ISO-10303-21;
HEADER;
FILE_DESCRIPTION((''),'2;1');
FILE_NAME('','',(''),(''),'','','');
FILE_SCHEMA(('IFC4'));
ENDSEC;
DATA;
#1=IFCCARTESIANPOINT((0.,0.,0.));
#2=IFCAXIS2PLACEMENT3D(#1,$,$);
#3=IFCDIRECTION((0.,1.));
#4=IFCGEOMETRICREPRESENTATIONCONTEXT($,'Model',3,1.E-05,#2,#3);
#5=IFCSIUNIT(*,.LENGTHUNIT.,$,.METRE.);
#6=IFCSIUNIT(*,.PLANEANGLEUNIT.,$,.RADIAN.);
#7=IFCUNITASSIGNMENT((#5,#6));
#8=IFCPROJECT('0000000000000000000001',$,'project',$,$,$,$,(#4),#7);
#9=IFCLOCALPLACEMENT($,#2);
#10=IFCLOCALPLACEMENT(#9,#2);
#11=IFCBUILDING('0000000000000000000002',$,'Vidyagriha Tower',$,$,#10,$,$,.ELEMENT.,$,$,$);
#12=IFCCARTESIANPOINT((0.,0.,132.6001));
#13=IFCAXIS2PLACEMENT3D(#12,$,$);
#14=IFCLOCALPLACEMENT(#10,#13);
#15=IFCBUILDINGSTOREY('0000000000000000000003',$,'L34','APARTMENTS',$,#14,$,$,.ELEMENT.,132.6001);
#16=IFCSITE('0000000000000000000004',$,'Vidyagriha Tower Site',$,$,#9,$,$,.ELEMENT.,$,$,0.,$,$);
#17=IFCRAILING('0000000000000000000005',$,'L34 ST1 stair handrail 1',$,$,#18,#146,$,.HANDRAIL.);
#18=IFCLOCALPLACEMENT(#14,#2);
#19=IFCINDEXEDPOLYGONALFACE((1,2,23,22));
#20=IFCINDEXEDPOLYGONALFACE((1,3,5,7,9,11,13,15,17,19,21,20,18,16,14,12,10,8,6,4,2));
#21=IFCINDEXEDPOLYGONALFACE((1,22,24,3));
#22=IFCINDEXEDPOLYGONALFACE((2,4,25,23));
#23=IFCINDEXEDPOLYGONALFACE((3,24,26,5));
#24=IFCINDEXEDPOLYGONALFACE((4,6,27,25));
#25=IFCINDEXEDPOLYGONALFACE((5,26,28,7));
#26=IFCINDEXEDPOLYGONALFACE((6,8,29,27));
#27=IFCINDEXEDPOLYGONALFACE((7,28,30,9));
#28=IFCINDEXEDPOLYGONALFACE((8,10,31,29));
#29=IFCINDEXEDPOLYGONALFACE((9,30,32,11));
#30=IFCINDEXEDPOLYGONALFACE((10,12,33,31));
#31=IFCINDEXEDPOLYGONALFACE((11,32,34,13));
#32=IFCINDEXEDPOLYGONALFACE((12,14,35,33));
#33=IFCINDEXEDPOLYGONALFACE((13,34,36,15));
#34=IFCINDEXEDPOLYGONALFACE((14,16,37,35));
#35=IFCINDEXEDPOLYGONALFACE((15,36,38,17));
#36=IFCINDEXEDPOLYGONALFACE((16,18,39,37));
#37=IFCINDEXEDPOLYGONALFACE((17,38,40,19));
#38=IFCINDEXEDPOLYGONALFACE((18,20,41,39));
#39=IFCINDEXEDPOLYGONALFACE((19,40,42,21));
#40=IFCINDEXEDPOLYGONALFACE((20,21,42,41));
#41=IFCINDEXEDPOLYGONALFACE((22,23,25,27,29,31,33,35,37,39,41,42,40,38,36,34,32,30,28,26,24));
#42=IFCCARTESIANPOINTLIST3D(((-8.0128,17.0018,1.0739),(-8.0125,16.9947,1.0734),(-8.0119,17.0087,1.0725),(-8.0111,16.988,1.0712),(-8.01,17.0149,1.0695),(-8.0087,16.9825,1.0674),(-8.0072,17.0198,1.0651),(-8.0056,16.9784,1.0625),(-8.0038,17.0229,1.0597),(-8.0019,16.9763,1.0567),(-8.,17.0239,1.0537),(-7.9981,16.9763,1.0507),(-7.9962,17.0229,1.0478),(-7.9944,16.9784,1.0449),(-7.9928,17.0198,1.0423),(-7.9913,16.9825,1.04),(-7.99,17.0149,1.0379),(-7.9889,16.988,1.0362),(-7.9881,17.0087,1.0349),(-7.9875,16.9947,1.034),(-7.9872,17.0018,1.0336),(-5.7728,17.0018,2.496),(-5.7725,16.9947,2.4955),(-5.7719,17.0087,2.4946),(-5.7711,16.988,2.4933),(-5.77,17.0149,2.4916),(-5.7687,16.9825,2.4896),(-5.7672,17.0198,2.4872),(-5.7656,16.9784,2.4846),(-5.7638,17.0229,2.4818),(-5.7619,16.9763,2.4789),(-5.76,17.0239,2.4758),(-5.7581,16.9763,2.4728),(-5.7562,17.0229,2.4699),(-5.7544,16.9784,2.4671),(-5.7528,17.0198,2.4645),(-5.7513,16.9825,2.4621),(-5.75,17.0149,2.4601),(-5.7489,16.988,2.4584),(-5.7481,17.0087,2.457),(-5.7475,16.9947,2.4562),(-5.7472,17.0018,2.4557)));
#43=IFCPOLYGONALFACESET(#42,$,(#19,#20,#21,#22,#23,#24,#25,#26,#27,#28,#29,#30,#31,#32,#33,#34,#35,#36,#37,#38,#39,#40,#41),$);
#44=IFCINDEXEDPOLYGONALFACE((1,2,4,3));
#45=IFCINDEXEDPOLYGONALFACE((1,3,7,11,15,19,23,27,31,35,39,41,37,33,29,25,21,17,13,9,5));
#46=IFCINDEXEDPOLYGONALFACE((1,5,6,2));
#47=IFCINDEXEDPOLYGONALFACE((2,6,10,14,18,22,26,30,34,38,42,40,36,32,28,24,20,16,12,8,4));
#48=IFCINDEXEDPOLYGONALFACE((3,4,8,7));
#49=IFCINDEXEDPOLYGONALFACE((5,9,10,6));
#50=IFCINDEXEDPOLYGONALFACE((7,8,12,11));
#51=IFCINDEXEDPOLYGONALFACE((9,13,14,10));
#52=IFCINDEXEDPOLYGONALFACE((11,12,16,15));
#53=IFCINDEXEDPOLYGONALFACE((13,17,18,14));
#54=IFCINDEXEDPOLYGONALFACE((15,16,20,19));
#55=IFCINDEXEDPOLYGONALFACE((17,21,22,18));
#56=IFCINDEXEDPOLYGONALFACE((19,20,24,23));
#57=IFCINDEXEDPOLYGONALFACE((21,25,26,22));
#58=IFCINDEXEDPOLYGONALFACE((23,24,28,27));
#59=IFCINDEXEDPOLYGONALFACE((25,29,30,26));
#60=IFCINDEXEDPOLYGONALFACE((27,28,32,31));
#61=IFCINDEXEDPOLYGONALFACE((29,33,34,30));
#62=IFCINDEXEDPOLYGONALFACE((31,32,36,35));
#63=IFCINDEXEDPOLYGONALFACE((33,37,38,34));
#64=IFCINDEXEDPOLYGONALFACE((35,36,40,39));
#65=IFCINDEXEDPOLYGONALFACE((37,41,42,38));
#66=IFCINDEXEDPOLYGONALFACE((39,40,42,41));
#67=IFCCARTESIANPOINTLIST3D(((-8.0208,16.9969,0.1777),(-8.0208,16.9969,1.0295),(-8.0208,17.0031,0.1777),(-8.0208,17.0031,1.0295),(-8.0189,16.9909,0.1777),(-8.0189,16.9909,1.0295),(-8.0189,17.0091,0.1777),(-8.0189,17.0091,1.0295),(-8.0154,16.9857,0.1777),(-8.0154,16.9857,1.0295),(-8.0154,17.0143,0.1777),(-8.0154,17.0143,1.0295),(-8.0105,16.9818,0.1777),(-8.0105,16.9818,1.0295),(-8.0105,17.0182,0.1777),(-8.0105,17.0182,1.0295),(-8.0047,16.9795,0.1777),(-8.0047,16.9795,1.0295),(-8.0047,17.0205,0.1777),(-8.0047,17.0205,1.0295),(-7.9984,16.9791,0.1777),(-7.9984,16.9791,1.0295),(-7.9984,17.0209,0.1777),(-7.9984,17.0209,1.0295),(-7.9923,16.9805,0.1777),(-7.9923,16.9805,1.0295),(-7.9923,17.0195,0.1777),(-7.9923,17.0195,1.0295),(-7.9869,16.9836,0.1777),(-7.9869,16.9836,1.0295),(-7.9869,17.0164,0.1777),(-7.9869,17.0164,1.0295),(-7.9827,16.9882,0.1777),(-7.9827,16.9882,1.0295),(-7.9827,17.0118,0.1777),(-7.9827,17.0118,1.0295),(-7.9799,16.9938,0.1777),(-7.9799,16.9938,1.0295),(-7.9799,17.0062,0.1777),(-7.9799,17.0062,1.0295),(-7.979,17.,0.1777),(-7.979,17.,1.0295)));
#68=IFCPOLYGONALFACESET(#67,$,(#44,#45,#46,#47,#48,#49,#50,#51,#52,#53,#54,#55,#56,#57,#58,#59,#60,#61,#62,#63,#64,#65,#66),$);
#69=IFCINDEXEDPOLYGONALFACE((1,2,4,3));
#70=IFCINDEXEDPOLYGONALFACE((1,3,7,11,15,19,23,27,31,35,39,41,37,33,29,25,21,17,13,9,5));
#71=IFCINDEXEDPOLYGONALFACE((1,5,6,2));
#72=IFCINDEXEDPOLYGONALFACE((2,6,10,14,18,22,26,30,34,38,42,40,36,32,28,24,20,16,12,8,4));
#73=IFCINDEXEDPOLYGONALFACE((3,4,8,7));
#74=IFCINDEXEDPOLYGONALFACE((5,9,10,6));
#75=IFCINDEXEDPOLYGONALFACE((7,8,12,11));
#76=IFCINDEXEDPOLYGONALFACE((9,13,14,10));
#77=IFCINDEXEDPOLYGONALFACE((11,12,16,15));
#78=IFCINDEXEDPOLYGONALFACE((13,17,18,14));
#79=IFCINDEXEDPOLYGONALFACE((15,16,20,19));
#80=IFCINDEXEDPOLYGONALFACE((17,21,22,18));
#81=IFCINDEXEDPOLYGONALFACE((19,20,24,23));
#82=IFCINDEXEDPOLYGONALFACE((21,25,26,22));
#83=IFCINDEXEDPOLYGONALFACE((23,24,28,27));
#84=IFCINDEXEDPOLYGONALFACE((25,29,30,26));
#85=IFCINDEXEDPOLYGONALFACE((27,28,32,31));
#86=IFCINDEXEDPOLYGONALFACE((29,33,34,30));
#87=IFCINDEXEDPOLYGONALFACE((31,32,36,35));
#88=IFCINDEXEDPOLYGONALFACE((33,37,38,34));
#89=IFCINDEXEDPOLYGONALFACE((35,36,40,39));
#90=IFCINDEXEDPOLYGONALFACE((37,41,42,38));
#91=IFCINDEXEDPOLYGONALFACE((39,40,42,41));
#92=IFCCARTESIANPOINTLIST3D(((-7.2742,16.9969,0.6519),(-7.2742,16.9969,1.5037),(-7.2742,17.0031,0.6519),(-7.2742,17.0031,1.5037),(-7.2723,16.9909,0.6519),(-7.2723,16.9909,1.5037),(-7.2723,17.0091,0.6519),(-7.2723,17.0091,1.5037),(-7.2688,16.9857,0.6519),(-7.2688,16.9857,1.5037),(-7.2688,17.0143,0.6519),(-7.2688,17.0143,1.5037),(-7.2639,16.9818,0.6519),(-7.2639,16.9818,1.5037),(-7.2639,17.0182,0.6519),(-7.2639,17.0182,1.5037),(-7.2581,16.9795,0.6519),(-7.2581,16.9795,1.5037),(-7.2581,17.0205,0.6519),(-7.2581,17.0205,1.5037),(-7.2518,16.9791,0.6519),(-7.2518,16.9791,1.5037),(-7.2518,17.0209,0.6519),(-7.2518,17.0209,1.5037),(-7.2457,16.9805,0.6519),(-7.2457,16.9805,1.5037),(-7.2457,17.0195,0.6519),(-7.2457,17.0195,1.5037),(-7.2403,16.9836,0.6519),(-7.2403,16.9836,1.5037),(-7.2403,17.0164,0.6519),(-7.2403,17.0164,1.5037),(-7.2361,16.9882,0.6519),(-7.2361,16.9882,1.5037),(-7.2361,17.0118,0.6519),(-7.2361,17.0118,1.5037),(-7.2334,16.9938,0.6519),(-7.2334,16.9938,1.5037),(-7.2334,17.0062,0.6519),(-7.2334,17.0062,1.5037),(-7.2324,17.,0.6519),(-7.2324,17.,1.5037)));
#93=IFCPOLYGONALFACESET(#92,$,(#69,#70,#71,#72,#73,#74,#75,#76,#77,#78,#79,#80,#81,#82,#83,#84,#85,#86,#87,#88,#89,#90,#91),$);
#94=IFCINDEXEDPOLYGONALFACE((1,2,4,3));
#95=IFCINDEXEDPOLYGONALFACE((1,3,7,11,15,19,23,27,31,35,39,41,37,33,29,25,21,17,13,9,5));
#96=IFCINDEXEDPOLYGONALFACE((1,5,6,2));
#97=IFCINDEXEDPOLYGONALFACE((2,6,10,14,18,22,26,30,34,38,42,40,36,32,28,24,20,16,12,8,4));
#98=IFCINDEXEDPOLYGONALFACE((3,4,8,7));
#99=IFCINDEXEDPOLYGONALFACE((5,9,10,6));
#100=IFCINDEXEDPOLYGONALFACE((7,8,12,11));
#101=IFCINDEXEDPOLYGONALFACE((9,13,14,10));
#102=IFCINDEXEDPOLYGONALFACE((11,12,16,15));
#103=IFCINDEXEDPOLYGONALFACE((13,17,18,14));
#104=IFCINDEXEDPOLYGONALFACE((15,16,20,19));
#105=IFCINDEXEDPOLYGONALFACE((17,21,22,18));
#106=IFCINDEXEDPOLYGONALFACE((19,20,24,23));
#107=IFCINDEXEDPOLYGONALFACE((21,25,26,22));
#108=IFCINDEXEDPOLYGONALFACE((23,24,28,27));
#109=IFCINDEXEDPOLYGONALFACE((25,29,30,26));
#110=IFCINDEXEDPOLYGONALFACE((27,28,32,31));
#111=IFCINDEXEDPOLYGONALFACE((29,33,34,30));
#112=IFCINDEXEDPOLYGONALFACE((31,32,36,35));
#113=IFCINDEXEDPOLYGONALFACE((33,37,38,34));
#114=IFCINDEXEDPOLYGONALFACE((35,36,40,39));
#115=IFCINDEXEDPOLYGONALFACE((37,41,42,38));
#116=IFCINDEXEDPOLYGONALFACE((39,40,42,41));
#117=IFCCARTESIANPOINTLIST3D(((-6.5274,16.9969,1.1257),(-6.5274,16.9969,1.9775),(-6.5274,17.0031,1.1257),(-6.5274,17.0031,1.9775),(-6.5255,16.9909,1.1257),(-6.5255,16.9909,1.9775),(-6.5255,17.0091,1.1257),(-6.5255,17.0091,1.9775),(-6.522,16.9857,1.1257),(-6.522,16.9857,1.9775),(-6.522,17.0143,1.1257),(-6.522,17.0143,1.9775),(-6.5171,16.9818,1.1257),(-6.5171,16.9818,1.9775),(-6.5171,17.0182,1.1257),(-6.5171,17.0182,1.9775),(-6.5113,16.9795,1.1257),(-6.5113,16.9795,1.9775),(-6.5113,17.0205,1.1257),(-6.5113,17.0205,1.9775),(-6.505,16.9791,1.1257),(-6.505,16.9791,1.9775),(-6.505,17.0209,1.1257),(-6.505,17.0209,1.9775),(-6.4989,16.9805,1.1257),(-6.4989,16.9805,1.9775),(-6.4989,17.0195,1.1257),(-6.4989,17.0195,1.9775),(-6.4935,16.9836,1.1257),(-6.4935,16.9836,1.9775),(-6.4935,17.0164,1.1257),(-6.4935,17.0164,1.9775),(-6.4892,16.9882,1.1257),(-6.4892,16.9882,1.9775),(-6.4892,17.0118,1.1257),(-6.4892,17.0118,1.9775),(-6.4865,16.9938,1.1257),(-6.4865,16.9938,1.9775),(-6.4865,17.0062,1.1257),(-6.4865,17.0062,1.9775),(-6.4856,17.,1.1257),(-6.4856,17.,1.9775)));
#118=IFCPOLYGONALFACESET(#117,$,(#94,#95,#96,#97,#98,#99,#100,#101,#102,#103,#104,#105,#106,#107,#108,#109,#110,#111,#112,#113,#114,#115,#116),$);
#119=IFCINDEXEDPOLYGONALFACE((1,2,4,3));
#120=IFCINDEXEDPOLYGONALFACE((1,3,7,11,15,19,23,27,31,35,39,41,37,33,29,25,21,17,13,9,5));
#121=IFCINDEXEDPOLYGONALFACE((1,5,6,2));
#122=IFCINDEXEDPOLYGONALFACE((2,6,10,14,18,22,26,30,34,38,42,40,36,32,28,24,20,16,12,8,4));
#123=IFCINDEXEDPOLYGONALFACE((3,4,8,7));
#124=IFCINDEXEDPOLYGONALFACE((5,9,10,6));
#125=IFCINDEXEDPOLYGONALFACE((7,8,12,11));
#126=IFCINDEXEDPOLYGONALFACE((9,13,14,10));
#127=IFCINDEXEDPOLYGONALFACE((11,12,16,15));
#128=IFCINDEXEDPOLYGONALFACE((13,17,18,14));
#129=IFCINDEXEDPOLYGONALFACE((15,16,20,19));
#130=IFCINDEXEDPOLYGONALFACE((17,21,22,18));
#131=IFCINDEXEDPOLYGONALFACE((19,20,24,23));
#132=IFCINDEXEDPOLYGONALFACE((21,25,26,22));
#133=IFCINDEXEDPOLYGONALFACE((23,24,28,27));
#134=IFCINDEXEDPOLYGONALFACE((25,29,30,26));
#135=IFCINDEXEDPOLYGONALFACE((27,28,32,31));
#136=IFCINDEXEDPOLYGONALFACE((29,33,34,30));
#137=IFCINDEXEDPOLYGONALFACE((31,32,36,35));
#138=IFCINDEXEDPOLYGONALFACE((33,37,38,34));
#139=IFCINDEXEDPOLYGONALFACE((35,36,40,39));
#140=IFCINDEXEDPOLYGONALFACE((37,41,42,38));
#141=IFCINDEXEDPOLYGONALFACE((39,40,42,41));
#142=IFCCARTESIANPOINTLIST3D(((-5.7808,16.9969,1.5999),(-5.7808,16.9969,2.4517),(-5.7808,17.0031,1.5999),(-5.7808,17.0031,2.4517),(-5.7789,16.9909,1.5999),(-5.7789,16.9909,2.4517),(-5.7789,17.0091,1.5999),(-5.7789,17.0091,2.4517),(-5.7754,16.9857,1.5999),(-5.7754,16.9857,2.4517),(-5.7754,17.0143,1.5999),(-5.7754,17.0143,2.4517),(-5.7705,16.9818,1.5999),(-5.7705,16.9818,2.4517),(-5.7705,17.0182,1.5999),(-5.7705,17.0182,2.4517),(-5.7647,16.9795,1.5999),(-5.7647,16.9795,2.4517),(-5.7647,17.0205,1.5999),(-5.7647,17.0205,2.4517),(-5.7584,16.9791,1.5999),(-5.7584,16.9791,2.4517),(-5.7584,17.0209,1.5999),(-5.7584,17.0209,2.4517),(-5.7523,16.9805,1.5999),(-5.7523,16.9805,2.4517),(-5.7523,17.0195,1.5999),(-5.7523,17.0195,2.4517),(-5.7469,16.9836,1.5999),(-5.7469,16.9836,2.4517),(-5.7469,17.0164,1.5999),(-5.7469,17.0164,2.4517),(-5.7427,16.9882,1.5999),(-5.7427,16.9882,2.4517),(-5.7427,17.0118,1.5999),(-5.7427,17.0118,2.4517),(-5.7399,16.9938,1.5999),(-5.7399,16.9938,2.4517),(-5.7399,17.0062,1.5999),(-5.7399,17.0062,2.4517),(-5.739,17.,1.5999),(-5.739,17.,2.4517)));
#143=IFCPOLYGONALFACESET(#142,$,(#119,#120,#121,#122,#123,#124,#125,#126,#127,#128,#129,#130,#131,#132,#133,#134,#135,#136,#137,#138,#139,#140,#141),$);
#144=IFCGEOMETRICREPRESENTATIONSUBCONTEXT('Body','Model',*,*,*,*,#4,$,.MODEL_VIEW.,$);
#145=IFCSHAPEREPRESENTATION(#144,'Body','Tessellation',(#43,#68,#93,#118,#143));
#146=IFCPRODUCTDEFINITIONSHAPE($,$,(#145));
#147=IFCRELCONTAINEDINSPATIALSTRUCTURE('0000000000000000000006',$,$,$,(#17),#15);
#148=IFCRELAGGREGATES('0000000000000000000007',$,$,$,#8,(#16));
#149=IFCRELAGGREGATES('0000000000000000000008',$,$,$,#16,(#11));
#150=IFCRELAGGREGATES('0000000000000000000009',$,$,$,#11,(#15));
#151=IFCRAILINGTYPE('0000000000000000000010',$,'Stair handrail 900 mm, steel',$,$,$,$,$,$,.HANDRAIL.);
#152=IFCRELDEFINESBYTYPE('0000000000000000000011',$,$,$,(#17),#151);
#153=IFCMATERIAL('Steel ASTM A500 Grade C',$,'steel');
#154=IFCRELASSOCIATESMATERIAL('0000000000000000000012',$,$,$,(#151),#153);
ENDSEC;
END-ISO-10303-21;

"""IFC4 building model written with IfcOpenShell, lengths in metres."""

from ifc_helpers import new_model, si_unit, direction, frame, origin, origin_2d, place, context, subcontext, project, spatial, circle, extrude, material, type_object, element, save


model = new_model("IFC4")

# Units and contexts
model_context = context("Model", 3, precision=1e-05, world=origin(), true_north=direction((0.0, 1.0)))
body_context = subcontext(model_context, "Body", "Model", "MODEL_VIEW")
ifc_project = project(units=[si_unit("LENGTHUNIT", "METRE"), si_unit("PLANEANGLEUNIT", "RADIAN")], contexts=[model_context])

# Site, building, storey
site_placement = place(None, origin())
site = spatial("IfcSite", under=ifc_project, at=site_placement, Name="Vidyagriha Tower Site", CompositionType="ELEMENT", RefElevation=0.0)
building_placement = place(site_placement, origin())
building = spatial("IfcBuilding", under=site, at=building_placement, Name="Vidyagriha Tower", CompositionType="ELEMENT")
storey_placement = place(building_placement, frame((0.0, 0.0, 132.6001)))
storey = spatial("IfcBuildingStorey", under=building, at=storey_placement, Name="L34", Description="APARTMENTS", CompositionType="ELEMENT", Elevation=132.6001)

# Railing
ifc_material_1 = material(Name="Steel ASTM A500 Grade C", Category="steel")
railing_type_1 = type_object("IfcRailingType", Name="Stair handrail 900 mm, steel", PredefinedType="HANDRAIL", material=ifc_material_1)
railing_1_placement = place(storey_placement, frame((-8.0, 17.0, 0.1777)))
element("IfcRailing", 1, at=railing_1_placement, inside=storey, type_object=railing_type_1, Name="L34 ST1 stair handrail 1", PredefinedType="HANDRAIL", context=body_context, shape_type="SweptSolid", body=[
    extrude(circle(Radius=0.0239, at=origin_2d()), frame((0.0, 0.0, 0.876), z_axis=(0.844229, 0.0, 0.535982), x_axis=(0.0, 1.0, 0.0)), (0.0, 0.0, 1.0), 2.6533),
    extrude(circle(Radius=0.021, at=origin_2d()), origin(), (0.0, 0.0, 1.0), 0.8518),
    extrude(circle(Radius=0.021, at=origin_2d()), frame((0.7466, 0.0, 0.4741)), (0.0, 0.0, 1.0), 0.8518),
    extrude(circle(Radius=0.021, at=origin_2d()), frame((1.4934, 0.0, 0.948)), (0.0, 0.0, 1.0), 0.8518),
    extrude(circle(Radius=0.021, at=origin_2d()), frame((2.24, 0.0, 1.4221)), (0.0, 0.0, 1.0), 0.8518),
])

save(model, "model.ifc")
